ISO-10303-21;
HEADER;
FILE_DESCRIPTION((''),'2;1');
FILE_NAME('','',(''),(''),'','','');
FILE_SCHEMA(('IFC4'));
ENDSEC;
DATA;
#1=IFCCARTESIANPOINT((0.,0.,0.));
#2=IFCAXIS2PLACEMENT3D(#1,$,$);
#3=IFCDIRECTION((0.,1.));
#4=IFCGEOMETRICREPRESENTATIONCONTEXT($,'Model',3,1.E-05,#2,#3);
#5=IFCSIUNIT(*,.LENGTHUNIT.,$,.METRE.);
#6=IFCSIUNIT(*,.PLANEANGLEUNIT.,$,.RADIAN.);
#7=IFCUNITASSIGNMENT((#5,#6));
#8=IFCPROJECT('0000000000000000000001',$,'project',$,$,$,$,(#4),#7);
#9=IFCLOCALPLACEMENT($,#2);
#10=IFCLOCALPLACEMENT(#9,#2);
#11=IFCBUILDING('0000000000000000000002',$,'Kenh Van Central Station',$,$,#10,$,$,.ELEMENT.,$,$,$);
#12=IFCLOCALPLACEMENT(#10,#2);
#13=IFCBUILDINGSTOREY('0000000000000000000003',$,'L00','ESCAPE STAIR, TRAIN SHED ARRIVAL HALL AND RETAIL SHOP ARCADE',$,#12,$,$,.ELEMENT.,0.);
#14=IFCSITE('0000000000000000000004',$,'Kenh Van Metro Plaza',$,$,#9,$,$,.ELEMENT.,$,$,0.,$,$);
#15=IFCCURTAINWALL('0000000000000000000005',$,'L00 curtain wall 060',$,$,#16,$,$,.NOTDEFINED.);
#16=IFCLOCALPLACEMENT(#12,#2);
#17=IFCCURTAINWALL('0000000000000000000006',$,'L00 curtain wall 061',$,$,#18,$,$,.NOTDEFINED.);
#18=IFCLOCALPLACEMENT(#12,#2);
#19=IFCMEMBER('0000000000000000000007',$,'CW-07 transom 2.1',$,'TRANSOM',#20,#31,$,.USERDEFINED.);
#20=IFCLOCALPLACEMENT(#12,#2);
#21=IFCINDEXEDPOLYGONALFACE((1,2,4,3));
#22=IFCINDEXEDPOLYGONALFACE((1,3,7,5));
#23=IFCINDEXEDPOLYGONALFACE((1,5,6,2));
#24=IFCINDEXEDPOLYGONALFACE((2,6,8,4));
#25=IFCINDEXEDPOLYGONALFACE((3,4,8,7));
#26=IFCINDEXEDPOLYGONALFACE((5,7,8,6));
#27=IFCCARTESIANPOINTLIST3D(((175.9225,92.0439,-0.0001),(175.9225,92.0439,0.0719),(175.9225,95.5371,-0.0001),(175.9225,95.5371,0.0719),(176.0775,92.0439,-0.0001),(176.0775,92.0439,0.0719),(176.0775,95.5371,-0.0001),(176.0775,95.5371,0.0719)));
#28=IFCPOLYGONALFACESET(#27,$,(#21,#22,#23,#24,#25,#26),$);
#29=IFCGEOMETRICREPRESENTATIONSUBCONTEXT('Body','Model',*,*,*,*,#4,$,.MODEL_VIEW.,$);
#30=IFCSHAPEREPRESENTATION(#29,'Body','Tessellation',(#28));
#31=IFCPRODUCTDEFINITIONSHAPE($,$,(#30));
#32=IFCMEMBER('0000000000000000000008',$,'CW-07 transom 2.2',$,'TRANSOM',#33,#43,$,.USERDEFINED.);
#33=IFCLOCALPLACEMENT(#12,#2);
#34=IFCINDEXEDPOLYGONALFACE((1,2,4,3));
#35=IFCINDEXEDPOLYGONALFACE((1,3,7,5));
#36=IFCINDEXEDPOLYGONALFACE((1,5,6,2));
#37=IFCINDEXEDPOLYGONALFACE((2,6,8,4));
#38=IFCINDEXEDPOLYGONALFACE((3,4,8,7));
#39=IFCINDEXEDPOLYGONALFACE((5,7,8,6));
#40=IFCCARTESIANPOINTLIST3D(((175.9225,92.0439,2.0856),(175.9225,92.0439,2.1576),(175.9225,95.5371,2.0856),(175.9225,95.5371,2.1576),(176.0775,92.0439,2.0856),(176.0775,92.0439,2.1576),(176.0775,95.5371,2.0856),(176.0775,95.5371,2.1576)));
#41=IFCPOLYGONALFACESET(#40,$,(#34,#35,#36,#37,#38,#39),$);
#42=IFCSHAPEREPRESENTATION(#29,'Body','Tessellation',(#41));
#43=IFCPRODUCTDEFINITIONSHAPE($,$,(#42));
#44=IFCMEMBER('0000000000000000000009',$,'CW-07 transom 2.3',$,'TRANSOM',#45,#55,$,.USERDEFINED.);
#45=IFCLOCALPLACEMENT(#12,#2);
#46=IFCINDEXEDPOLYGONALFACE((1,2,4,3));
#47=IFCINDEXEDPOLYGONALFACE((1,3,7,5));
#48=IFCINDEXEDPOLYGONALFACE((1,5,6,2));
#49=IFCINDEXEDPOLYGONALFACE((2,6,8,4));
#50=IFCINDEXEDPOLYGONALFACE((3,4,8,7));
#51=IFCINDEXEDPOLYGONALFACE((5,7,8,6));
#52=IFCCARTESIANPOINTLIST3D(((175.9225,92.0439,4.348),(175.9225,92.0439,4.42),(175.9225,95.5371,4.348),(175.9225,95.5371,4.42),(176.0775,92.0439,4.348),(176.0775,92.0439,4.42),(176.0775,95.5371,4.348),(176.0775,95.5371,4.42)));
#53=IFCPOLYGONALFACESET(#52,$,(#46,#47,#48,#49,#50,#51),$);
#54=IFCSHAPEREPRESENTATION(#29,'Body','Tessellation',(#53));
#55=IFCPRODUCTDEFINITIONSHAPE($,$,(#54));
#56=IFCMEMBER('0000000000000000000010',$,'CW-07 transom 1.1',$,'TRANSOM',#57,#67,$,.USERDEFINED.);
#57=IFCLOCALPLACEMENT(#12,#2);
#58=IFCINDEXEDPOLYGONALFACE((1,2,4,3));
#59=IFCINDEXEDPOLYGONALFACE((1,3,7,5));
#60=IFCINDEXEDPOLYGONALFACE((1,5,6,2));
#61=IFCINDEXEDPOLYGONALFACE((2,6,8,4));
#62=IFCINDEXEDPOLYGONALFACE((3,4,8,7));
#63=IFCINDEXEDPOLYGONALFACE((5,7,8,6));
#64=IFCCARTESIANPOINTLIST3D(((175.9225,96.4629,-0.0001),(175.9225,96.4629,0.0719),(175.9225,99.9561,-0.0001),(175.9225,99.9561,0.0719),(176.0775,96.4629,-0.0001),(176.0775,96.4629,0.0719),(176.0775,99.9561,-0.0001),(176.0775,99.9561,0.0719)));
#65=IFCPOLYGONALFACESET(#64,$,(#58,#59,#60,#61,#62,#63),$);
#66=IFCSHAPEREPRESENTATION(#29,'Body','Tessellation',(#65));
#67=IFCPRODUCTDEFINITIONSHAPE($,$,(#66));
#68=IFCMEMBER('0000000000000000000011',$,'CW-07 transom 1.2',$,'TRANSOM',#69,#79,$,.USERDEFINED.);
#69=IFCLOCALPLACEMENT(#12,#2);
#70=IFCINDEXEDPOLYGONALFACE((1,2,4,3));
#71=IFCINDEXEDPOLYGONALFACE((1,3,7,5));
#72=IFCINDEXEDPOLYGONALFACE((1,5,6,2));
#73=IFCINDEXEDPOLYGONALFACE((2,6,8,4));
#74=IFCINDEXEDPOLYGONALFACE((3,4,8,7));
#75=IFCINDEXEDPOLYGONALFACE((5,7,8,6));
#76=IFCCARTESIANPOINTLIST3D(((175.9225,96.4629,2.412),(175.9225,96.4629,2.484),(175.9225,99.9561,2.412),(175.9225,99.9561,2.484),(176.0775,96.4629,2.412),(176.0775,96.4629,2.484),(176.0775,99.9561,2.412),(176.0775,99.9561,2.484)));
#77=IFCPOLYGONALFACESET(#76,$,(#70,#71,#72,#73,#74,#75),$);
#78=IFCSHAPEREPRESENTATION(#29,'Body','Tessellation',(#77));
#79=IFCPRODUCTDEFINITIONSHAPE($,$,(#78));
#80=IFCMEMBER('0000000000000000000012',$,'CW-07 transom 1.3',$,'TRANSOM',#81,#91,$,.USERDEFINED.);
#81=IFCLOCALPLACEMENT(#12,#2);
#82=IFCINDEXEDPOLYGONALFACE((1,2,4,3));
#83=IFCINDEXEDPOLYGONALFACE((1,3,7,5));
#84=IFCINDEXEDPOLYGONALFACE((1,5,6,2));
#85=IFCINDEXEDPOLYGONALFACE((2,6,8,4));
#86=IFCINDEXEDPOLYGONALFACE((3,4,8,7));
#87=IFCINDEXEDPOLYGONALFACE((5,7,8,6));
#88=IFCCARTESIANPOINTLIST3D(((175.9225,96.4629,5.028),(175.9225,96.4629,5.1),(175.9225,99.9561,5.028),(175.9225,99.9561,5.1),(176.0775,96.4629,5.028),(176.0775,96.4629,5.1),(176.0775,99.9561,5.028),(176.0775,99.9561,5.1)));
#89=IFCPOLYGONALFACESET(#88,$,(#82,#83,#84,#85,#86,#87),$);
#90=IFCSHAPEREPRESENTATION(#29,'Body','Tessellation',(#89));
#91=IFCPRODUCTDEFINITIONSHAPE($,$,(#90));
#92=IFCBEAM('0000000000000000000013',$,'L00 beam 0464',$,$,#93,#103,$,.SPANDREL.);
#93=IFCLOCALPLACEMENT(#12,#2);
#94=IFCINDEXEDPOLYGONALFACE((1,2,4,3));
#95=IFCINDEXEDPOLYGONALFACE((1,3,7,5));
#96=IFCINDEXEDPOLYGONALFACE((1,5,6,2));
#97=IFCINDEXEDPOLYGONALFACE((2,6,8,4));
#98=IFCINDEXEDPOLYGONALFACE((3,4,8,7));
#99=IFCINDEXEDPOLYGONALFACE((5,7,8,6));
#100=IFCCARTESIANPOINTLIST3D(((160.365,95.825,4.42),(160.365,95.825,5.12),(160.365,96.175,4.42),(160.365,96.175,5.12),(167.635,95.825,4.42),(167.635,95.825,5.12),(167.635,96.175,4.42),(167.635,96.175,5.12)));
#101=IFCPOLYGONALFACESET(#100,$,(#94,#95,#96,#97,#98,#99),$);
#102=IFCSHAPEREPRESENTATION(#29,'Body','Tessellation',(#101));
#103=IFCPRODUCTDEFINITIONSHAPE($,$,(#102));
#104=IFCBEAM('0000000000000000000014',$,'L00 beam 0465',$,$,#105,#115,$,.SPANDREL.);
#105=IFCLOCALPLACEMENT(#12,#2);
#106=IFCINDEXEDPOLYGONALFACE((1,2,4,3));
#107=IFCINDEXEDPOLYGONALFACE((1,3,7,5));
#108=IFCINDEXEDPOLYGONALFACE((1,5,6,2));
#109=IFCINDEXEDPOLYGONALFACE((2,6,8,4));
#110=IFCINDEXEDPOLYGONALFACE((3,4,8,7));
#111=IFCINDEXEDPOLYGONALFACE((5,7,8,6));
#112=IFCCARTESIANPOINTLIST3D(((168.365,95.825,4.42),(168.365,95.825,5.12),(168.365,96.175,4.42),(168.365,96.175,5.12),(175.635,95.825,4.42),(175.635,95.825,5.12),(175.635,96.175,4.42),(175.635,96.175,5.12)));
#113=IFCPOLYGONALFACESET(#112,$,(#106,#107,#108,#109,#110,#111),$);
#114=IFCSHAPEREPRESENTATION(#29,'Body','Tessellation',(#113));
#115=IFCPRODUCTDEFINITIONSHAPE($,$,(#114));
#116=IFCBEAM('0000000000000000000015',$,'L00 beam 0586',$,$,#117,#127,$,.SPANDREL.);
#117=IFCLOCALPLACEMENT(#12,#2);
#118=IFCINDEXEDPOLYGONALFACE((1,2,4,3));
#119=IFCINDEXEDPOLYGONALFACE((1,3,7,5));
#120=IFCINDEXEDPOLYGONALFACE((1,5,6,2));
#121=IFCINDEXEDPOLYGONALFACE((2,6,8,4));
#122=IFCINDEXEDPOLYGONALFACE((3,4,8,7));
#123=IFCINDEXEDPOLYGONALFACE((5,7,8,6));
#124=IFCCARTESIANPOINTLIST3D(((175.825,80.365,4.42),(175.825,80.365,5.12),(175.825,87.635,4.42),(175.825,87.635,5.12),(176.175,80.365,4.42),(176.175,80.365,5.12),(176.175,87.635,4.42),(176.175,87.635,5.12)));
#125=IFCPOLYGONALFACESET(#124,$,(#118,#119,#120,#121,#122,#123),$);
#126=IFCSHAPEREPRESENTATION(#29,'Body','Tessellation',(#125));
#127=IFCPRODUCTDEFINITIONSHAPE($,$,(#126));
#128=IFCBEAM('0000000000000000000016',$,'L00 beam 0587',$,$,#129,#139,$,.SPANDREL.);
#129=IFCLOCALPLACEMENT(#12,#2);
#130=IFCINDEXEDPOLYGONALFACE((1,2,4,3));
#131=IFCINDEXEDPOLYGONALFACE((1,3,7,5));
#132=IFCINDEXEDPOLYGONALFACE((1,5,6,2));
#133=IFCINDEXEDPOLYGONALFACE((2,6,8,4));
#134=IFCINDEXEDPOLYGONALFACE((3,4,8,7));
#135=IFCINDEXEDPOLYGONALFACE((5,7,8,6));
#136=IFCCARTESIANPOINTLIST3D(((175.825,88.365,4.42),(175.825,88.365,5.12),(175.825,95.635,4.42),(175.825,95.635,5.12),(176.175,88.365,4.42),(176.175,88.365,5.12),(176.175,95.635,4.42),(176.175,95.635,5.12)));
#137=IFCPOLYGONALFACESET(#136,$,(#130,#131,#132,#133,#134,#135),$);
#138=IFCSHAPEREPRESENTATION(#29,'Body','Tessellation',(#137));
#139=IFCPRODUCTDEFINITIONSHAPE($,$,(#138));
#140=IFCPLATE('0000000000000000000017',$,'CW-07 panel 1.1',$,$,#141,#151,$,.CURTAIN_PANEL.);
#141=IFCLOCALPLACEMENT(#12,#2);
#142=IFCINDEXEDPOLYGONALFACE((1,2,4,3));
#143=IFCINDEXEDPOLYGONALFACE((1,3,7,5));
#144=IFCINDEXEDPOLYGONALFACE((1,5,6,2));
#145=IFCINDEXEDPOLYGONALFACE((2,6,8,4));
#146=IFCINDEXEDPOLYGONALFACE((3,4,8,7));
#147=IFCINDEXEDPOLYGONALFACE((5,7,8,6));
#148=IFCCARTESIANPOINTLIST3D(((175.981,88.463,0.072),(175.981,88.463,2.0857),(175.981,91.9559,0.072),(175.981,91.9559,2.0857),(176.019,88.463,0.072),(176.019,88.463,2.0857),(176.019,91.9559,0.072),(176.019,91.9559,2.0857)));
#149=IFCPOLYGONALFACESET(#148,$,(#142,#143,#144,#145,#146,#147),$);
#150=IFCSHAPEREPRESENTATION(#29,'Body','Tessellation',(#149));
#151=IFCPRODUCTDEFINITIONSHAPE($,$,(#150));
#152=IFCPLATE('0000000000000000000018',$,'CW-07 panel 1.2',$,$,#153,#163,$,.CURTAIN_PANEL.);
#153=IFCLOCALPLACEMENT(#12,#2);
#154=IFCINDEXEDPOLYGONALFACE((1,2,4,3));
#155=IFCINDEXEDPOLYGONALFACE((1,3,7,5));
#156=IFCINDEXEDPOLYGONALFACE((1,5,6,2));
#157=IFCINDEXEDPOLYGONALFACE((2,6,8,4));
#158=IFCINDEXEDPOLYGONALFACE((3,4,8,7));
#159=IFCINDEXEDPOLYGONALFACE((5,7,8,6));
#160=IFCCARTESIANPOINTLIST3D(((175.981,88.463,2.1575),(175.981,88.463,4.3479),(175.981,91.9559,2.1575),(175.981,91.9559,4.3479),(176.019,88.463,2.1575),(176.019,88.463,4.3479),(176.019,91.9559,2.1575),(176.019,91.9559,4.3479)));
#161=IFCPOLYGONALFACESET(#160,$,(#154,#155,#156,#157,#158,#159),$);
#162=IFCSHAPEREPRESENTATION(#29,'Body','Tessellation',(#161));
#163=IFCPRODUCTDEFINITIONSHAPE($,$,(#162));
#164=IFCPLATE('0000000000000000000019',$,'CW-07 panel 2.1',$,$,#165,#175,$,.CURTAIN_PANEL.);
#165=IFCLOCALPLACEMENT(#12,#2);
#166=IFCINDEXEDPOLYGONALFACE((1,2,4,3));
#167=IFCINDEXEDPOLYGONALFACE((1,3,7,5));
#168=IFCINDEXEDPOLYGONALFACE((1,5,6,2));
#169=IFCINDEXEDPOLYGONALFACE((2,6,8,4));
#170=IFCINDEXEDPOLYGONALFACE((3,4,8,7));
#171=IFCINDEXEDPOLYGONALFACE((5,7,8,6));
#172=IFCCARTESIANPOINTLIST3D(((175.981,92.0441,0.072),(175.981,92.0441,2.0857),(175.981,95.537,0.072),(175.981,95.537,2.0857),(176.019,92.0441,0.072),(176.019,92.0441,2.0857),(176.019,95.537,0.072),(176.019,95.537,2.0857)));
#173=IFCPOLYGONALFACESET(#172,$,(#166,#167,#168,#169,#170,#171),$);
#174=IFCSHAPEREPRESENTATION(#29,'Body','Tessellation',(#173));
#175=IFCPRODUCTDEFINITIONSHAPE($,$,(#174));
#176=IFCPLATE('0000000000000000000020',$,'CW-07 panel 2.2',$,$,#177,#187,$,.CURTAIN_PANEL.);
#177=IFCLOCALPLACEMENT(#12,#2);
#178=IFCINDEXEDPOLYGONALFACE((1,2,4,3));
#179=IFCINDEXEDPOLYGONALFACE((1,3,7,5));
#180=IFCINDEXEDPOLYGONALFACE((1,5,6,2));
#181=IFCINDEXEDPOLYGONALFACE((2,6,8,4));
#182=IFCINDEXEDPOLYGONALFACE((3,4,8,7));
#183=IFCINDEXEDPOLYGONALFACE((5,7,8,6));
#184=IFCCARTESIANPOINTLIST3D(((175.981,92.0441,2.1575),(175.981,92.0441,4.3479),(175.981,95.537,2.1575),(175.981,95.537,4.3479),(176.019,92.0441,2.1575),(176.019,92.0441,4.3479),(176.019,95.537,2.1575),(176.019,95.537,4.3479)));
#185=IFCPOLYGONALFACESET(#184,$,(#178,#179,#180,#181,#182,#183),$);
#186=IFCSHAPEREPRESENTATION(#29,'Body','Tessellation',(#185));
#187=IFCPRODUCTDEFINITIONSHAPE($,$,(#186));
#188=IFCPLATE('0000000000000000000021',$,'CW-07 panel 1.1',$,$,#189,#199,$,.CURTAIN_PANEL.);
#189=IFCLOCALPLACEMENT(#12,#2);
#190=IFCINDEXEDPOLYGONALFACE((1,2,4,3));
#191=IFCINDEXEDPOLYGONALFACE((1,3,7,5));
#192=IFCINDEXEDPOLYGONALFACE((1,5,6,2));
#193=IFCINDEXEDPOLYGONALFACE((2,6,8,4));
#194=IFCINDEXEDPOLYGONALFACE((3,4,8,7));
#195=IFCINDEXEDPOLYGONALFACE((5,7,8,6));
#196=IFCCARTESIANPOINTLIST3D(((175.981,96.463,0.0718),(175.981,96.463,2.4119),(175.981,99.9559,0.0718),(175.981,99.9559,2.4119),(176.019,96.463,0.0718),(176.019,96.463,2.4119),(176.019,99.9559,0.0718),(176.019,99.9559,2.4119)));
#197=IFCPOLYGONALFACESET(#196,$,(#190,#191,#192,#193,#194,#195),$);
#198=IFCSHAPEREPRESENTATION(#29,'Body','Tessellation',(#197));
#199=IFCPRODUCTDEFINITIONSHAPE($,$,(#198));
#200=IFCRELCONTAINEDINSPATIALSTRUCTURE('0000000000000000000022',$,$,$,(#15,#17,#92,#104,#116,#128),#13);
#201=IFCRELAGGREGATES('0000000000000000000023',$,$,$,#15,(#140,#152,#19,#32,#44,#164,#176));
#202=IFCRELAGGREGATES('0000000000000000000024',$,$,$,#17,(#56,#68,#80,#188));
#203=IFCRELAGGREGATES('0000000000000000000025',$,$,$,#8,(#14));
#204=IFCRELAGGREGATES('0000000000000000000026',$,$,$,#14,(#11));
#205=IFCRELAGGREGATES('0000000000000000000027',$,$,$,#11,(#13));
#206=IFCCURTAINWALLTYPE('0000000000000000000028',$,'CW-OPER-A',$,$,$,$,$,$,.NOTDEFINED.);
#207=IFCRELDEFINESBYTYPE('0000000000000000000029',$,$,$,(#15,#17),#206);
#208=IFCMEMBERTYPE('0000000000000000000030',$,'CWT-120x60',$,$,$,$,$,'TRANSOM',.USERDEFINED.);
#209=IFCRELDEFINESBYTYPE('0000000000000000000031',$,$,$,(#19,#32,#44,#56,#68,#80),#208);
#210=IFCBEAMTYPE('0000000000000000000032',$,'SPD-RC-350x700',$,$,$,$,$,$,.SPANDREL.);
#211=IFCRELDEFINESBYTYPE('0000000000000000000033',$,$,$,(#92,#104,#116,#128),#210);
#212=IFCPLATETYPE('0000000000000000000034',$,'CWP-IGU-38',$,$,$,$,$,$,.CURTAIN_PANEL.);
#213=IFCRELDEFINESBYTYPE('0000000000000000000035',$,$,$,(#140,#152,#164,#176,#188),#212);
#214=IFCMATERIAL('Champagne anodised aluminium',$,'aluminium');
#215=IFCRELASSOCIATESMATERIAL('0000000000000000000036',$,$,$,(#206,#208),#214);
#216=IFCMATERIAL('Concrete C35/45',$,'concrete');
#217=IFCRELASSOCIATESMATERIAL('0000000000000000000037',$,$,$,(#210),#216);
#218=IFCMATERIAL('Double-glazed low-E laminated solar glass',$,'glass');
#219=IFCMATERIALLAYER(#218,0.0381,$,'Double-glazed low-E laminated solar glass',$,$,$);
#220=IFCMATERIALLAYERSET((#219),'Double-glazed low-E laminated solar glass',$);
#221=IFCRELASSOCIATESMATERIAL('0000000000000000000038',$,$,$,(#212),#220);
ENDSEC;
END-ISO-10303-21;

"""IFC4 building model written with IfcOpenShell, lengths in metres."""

from ifc_helpers import new_model, si_unit, direction, frame, origin, origin_2d, place, context, subcontext, project, spatial, rectangle, extrude, material, layer, layer_set, material_profile, profile_set, type_object, element, aggregate, save


model = new_model("IFC4")

# Units and contexts
model_context = context("Model", 3, precision=1e-05, world=origin(), true_north=direction((0.0, 1.0)))
body_context = subcontext(model_context, "Body", "Model", "MODEL_VIEW")
ifc_project = project(units=[si_unit("LENGTHUNIT", "METRE"), si_unit("PLANEANGLEUNIT", "RADIAN")], contexts=[model_context])

# Site, building, storey
site_placement = place(None, origin())
site = spatial("IfcSite", under=ifc_project, at=site_placement, Name="Kenh Van Metro Plaza", CompositionType="ELEMENT", RefElevation=0.0)
building_placement = place(site_placement, origin())
building = spatial("IfcBuilding", under=site, at=building_placement, Name="Kenh Van Central Station", CompositionType="ELEMENT")
storey_placement = place(building_placement, origin())
storey = spatial("IfcBuildingStorey", under=building, at=storey_placement, Name="L00", Description="ESCAPE STAIR, TRAIN SHED ARRIVAL HALL AND RETAIL SHOP ARCADE", CompositionType="ELEMENT", Elevation=0.0)

# Shared definitions
ifc_material_1 = material(Name="Concrete C35/45", Category="concrete")

# Curtain wall
ifc_material_2 = material(Name="Champagne anodised aluminium", Category="aluminium")
curtain_wall_type = type_object("IfcCurtainWallType", Name="CW-OPER-A", PredefinedType="NOTDEFINED", material=ifc_material_2)
curtain_wall_1_placement = place(storey_placement, origin())
curtain_wall_1 = element("IfcCurtainWall", 1, at=curtain_wall_1_placement, inside=storey, type_object=curtain_wall_type, Name="L00 curtain wall 060", PredefinedType="NOTDEFINED")

# Curtain wall
curtain_wall_2_placement = place(storey_placement, origin())
curtain_wall_2 = element("IfcCurtainWall", 2, at=curtain_wall_2_placement, inside=storey, type_object=curtain_wall_type, Name="L00 curtain wall 061", PredefinedType="NOTDEFINED")

# Members
ifc_material_profile_1 = material_profile(ifc_material_2, rectangle(XDim=0.155, YDim=0.072, at=origin_2d()), Name="AL 155x72")
ifc_profile_set_1 = profile_set([ifc_material_profile_1], Name="Champagne anodised aluminium")
member_type_1 = type_object("IfcMemberType", Name="CWT-120x60", ElementType="TRANSOM", PredefinedType="USERDEFINED", material=ifc_profile_set_1)
member_1_placement = place(storey_placement, frame((176.0, 92.0439, 0.0359), z_axis=(0.0, 1.0, 0.0), x_axis=(-1.0, 0.0, 0.0)))
member_1 = element("IfcMember", 3, at=member_1_placement, type_object=member_type_1, Name="CW-07 transom 2.1", ObjectType="TRANSOM", PredefinedType="USERDEFINED", context=body_context, shape_type="SweptSolid", body=[
    extrude(rectangle(XDim=0.155, YDim=0.072, at=origin_2d()), origin(), (0.0, 0.0, 1.0), 3.4932),
])
member_2_placement = place(storey_placement, frame((176.0, 92.0439, 2.1216), z_axis=(0.0, 1.0, 0.0), x_axis=(-1.0, 0.0, 0.0)))
member_2 = element("IfcMember", 4, at=member_2_placement, type_object=member_type_1, Name="CW-07 transom 2.2", ObjectType="TRANSOM", PredefinedType="USERDEFINED", context=body_context, shape_type="SweptSolid", body=[
    extrude(rectangle(XDim=0.155, YDim=0.072, at=origin_2d()), origin(), (0.0, 0.0, 1.0), 3.4932),
])
member_3_placement = place(storey_placement, frame((176.0, 92.0439, 4.384), z_axis=(0.0, 1.0, 0.0), x_axis=(-1.0, 0.0, 0.0)))
member_3 = element("IfcMember", 5, at=member_3_placement, type_object=member_type_1, Name="CW-07 transom 2.3", ObjectType="TRANSOM", PredefinedType="USERDEFINED", context=body_context, shape_type="SweptSolid", body=[
    extrude(rectangle(XDim=0.155, YDim=0.072, at=origin_2d()), origin(), (0.0, 0.0, 1.0), 3.4932),
])
member_4_placement = place(storey_placement, frame((176.0, 96.4629, 0.0359), z_axis=(0.0, 1.0, 0.0), x_axis=(-1.0, 0.0, 0.0)))
member_4 = element("IfcMember", 6, at=member_4_placement, type_object=member_type_1, Name="CW-07 transom 1.1", ObjectType="TRANSOM", PredefinedType="USERDEFINED", context=body_context, shape_type="SweptSolid", body=[
    extrude(rectangle(XDim=0.155, YDim=0.072, at=origin_2d()), origin(), (0.0, 0.0, 1.0), 3.4932),
])
member_5_placement = place(storey_placement, frame((176.0, 96.4629, 2.448), z_axis=(0.0, 1.0, 0.0), x_axis=(-1.0, 0.0, 0.0)))
member_5 = element("IfcMember", 7, at=member_5_placement, type_object=member_type_1, Name="CW-07 transom 1.2", ObjectType="TRANSOM", PredefinedType="USERDEFINED", context=body_context, shape_type="SweptSolid", body=[
    extrude(rectangle(XDim=0.155, YDim=0.072, at=origin_2d()), origin(), (0.0, 0.0, 1.0), 3.4932),
])
member_6_placement = place(storey_placement, frame((176.0, 96.4629, 5.064), z_axis=(0.0, 1.0, 0.0), x_axis=(-1.0, 0.0, 0.0)))
member_6 = element("IfcMember", 8, at=member_6_placement, type_object=member_type_1, Name="CW-07 transom 1.3", ObjectType="TRANSOM", PredefinedType="USERDEFINED", context=body_context, shape_type="SweptSolid", body=[
    extrude(rectangle(XDim=0.155, YDim=0.072, at=origin_2d()), origin(), (0.0, 0.0, 1.0), 3.4932),
])

# Beams
ifc_material_profile_2 = material_profile(ifc_material_1, rectangle(XDim=0.3501, YDim=0.7, at=origin_2d()), Name="RC 350x700")
ifc_profile_set_2 = profile_set([ifc_material_profile_2], Name="Concrete C35/45")
beam_type_1 = type_object("IfcBeamType", Name="SPD-RC-350x700", PredefinedType="SPANDREL", material=ifc_profile_set_2)
for number, where, z_axis, x_axis, name in (
    (9, (160.365, 96.0, 4.77), (1.0, 0.0, 0.0), (0.0, 1.0, 0.0), "L00 beam 0464"),
    (10, (168.365, 96.0, 4.77), (1.0, 0.0, 0.0), (0.0, 1.0, 0.0), "L00 beam 0465"),
    (11, (176.0, 80.365, 4.77), (0.0, 1.0, 0.0), (-1.0, 0.0, 0.0), "L00 beam 0586"),
    (12, (176.0, 88.365, 4.77), (0.0, 1.0, 0.0), (-1.0, 0.0, 0.0), "L00 beam 0587"),
):
    element("IfcBeam", number, at=place(storey_placement, frame(where, z_axis=z_axis, x_axis=x_axis)), inside=storey, type_object=beam_type_1, Name=name, PredefinedType="SPANDREL", context=body_context, shape_type="SweptSolid", body=[
        extrude(rectangle(XDim=0.3501, YDim=0.7, at=origin_2d()), origin(), (0.0, 0.0, 1.0), 7.27),
    ])

# Plates
ifc_material_3 = material(Name="Double-glazed low-E laminated solar glass", Category="glass")
ifc_layer_1 = layer(ifc_material_3, 0.0381, Name="Double-glazed low-E laminated solar glass")
ifc_layer_set_1 = layer_set([ifc_layer_1], Name="Double-glazed low-E laminated solar glass")
plate_type = type_object("IfcPlateType", Name="CWP-IGU-38", PredefinedType="CURTAIN_PANEL", material=ifc_layer_set_1)
plate_1_placement = place(storey_placement, frame((176.0, 90.2095, 0.072), z_axis=(0.0, 0.0, 1.0), x_axis=(0.0, 1.0, 0.0)))
plate_1 = element("IfcPlate", 13, at=plate_1_placement, type_object=plate_type, Name="CW-07 panel 1.1", PredefinedType="CURTAIN_PANEL", context=body_context, shape_type="SweptSolid", body=[
    extrude(rectangle(XDim=3.4929, YDim=0.0381, at=origin_2d()), origin(), (0.0, 0.0, 1.0), 2.0137),
])
plate_2_placement = place(storey_placement, frame((176.0, 90.2095, 2.1575), z_axis=(0.0, 0.0, 1.0), x_axis=(0.0, 1.0, 0.0)))
plate_2 = element("IfcPlate", 14, at=plate_2_placement, type_object=plate_type, Name="CW-07 panel 1.2", PredefinedType="CURTAIN_PANEL", context=body_context, shape_type="SweptSolid", body=[
    extrude(rectangle(XDim=3.4929, YDim=0.0381, at=origin_2d()), origin(), (0.0, 0.0, 1.0), 2.1904),
])
plate_3_placement = place(storey_placement, frame((176.0, 93.7905, 0.072), z_axis=(0.0, 0.0, 1.0), x_axis=(0.0, 1.0, 0.0)))
plate_3 = element("IfcPlate", 15, at=plate_3_placement, type_object=plate_type, Name="CW-07 panel 2.1", PredefinedType="CURTAIN_PANEL", context=body_context, shape_type="SweptSolid", body=[
    extrude(rectangle(XDim=3.4929, YDim=0.0381, at=origin_2d()), origin(), (0.0, 0.0, 1.0), 2.0137),
])
plate_4_placement = place(storey_placement, frame((176.0, 93.7905, 2.1575), z_axis=(0.0, 0.0, 1.0), x_axis=(0.0, 1.0, 0.0)))
plate_4 = element("IfcPlate", 16, at=plate_4_placement, type_object=plate_type, Name="CW-07 panel 2.2", PredefinedType="CURTAIN_PANEL", context=body_context, shape_type="SweptSolid", body=[
    extrude(rectangle(XDim=3.4929, YDim=0.0381, at=origin_2d()), origin(), (0.0, 0.0, 1.0), 2.1904),
])
aggregate(curtain_wall_1, [plate_1, plate_2, member_1, member_2, member_3, plate_3, plate_4])
plate_5_placement = place(storey_placement, frame((176.0, 98.2095, 0.0718), z_axis=(0.0, 0.0, 1.0), x_axis=(0.0, 1.0, 0.0)))
plate_5 = element("IfcPlate", 17, at=plate_5_placement, type_object=plate_type, Name="CW-07 panel 1.1", PredefinedType="CURTAIN_PANEL", context=body_context, shape_type="SweptSolid", body=[
    extrude(rectangle(XDim=3.4929, YDim=0.0381, at=origin_2d()), origin(), (0.0, 0.0, 1.0), 2.3401),
])
aggregate(curtain_wall_2, [member_4, member_5, member_6, plate_5])

save(model, "model.ifc")
